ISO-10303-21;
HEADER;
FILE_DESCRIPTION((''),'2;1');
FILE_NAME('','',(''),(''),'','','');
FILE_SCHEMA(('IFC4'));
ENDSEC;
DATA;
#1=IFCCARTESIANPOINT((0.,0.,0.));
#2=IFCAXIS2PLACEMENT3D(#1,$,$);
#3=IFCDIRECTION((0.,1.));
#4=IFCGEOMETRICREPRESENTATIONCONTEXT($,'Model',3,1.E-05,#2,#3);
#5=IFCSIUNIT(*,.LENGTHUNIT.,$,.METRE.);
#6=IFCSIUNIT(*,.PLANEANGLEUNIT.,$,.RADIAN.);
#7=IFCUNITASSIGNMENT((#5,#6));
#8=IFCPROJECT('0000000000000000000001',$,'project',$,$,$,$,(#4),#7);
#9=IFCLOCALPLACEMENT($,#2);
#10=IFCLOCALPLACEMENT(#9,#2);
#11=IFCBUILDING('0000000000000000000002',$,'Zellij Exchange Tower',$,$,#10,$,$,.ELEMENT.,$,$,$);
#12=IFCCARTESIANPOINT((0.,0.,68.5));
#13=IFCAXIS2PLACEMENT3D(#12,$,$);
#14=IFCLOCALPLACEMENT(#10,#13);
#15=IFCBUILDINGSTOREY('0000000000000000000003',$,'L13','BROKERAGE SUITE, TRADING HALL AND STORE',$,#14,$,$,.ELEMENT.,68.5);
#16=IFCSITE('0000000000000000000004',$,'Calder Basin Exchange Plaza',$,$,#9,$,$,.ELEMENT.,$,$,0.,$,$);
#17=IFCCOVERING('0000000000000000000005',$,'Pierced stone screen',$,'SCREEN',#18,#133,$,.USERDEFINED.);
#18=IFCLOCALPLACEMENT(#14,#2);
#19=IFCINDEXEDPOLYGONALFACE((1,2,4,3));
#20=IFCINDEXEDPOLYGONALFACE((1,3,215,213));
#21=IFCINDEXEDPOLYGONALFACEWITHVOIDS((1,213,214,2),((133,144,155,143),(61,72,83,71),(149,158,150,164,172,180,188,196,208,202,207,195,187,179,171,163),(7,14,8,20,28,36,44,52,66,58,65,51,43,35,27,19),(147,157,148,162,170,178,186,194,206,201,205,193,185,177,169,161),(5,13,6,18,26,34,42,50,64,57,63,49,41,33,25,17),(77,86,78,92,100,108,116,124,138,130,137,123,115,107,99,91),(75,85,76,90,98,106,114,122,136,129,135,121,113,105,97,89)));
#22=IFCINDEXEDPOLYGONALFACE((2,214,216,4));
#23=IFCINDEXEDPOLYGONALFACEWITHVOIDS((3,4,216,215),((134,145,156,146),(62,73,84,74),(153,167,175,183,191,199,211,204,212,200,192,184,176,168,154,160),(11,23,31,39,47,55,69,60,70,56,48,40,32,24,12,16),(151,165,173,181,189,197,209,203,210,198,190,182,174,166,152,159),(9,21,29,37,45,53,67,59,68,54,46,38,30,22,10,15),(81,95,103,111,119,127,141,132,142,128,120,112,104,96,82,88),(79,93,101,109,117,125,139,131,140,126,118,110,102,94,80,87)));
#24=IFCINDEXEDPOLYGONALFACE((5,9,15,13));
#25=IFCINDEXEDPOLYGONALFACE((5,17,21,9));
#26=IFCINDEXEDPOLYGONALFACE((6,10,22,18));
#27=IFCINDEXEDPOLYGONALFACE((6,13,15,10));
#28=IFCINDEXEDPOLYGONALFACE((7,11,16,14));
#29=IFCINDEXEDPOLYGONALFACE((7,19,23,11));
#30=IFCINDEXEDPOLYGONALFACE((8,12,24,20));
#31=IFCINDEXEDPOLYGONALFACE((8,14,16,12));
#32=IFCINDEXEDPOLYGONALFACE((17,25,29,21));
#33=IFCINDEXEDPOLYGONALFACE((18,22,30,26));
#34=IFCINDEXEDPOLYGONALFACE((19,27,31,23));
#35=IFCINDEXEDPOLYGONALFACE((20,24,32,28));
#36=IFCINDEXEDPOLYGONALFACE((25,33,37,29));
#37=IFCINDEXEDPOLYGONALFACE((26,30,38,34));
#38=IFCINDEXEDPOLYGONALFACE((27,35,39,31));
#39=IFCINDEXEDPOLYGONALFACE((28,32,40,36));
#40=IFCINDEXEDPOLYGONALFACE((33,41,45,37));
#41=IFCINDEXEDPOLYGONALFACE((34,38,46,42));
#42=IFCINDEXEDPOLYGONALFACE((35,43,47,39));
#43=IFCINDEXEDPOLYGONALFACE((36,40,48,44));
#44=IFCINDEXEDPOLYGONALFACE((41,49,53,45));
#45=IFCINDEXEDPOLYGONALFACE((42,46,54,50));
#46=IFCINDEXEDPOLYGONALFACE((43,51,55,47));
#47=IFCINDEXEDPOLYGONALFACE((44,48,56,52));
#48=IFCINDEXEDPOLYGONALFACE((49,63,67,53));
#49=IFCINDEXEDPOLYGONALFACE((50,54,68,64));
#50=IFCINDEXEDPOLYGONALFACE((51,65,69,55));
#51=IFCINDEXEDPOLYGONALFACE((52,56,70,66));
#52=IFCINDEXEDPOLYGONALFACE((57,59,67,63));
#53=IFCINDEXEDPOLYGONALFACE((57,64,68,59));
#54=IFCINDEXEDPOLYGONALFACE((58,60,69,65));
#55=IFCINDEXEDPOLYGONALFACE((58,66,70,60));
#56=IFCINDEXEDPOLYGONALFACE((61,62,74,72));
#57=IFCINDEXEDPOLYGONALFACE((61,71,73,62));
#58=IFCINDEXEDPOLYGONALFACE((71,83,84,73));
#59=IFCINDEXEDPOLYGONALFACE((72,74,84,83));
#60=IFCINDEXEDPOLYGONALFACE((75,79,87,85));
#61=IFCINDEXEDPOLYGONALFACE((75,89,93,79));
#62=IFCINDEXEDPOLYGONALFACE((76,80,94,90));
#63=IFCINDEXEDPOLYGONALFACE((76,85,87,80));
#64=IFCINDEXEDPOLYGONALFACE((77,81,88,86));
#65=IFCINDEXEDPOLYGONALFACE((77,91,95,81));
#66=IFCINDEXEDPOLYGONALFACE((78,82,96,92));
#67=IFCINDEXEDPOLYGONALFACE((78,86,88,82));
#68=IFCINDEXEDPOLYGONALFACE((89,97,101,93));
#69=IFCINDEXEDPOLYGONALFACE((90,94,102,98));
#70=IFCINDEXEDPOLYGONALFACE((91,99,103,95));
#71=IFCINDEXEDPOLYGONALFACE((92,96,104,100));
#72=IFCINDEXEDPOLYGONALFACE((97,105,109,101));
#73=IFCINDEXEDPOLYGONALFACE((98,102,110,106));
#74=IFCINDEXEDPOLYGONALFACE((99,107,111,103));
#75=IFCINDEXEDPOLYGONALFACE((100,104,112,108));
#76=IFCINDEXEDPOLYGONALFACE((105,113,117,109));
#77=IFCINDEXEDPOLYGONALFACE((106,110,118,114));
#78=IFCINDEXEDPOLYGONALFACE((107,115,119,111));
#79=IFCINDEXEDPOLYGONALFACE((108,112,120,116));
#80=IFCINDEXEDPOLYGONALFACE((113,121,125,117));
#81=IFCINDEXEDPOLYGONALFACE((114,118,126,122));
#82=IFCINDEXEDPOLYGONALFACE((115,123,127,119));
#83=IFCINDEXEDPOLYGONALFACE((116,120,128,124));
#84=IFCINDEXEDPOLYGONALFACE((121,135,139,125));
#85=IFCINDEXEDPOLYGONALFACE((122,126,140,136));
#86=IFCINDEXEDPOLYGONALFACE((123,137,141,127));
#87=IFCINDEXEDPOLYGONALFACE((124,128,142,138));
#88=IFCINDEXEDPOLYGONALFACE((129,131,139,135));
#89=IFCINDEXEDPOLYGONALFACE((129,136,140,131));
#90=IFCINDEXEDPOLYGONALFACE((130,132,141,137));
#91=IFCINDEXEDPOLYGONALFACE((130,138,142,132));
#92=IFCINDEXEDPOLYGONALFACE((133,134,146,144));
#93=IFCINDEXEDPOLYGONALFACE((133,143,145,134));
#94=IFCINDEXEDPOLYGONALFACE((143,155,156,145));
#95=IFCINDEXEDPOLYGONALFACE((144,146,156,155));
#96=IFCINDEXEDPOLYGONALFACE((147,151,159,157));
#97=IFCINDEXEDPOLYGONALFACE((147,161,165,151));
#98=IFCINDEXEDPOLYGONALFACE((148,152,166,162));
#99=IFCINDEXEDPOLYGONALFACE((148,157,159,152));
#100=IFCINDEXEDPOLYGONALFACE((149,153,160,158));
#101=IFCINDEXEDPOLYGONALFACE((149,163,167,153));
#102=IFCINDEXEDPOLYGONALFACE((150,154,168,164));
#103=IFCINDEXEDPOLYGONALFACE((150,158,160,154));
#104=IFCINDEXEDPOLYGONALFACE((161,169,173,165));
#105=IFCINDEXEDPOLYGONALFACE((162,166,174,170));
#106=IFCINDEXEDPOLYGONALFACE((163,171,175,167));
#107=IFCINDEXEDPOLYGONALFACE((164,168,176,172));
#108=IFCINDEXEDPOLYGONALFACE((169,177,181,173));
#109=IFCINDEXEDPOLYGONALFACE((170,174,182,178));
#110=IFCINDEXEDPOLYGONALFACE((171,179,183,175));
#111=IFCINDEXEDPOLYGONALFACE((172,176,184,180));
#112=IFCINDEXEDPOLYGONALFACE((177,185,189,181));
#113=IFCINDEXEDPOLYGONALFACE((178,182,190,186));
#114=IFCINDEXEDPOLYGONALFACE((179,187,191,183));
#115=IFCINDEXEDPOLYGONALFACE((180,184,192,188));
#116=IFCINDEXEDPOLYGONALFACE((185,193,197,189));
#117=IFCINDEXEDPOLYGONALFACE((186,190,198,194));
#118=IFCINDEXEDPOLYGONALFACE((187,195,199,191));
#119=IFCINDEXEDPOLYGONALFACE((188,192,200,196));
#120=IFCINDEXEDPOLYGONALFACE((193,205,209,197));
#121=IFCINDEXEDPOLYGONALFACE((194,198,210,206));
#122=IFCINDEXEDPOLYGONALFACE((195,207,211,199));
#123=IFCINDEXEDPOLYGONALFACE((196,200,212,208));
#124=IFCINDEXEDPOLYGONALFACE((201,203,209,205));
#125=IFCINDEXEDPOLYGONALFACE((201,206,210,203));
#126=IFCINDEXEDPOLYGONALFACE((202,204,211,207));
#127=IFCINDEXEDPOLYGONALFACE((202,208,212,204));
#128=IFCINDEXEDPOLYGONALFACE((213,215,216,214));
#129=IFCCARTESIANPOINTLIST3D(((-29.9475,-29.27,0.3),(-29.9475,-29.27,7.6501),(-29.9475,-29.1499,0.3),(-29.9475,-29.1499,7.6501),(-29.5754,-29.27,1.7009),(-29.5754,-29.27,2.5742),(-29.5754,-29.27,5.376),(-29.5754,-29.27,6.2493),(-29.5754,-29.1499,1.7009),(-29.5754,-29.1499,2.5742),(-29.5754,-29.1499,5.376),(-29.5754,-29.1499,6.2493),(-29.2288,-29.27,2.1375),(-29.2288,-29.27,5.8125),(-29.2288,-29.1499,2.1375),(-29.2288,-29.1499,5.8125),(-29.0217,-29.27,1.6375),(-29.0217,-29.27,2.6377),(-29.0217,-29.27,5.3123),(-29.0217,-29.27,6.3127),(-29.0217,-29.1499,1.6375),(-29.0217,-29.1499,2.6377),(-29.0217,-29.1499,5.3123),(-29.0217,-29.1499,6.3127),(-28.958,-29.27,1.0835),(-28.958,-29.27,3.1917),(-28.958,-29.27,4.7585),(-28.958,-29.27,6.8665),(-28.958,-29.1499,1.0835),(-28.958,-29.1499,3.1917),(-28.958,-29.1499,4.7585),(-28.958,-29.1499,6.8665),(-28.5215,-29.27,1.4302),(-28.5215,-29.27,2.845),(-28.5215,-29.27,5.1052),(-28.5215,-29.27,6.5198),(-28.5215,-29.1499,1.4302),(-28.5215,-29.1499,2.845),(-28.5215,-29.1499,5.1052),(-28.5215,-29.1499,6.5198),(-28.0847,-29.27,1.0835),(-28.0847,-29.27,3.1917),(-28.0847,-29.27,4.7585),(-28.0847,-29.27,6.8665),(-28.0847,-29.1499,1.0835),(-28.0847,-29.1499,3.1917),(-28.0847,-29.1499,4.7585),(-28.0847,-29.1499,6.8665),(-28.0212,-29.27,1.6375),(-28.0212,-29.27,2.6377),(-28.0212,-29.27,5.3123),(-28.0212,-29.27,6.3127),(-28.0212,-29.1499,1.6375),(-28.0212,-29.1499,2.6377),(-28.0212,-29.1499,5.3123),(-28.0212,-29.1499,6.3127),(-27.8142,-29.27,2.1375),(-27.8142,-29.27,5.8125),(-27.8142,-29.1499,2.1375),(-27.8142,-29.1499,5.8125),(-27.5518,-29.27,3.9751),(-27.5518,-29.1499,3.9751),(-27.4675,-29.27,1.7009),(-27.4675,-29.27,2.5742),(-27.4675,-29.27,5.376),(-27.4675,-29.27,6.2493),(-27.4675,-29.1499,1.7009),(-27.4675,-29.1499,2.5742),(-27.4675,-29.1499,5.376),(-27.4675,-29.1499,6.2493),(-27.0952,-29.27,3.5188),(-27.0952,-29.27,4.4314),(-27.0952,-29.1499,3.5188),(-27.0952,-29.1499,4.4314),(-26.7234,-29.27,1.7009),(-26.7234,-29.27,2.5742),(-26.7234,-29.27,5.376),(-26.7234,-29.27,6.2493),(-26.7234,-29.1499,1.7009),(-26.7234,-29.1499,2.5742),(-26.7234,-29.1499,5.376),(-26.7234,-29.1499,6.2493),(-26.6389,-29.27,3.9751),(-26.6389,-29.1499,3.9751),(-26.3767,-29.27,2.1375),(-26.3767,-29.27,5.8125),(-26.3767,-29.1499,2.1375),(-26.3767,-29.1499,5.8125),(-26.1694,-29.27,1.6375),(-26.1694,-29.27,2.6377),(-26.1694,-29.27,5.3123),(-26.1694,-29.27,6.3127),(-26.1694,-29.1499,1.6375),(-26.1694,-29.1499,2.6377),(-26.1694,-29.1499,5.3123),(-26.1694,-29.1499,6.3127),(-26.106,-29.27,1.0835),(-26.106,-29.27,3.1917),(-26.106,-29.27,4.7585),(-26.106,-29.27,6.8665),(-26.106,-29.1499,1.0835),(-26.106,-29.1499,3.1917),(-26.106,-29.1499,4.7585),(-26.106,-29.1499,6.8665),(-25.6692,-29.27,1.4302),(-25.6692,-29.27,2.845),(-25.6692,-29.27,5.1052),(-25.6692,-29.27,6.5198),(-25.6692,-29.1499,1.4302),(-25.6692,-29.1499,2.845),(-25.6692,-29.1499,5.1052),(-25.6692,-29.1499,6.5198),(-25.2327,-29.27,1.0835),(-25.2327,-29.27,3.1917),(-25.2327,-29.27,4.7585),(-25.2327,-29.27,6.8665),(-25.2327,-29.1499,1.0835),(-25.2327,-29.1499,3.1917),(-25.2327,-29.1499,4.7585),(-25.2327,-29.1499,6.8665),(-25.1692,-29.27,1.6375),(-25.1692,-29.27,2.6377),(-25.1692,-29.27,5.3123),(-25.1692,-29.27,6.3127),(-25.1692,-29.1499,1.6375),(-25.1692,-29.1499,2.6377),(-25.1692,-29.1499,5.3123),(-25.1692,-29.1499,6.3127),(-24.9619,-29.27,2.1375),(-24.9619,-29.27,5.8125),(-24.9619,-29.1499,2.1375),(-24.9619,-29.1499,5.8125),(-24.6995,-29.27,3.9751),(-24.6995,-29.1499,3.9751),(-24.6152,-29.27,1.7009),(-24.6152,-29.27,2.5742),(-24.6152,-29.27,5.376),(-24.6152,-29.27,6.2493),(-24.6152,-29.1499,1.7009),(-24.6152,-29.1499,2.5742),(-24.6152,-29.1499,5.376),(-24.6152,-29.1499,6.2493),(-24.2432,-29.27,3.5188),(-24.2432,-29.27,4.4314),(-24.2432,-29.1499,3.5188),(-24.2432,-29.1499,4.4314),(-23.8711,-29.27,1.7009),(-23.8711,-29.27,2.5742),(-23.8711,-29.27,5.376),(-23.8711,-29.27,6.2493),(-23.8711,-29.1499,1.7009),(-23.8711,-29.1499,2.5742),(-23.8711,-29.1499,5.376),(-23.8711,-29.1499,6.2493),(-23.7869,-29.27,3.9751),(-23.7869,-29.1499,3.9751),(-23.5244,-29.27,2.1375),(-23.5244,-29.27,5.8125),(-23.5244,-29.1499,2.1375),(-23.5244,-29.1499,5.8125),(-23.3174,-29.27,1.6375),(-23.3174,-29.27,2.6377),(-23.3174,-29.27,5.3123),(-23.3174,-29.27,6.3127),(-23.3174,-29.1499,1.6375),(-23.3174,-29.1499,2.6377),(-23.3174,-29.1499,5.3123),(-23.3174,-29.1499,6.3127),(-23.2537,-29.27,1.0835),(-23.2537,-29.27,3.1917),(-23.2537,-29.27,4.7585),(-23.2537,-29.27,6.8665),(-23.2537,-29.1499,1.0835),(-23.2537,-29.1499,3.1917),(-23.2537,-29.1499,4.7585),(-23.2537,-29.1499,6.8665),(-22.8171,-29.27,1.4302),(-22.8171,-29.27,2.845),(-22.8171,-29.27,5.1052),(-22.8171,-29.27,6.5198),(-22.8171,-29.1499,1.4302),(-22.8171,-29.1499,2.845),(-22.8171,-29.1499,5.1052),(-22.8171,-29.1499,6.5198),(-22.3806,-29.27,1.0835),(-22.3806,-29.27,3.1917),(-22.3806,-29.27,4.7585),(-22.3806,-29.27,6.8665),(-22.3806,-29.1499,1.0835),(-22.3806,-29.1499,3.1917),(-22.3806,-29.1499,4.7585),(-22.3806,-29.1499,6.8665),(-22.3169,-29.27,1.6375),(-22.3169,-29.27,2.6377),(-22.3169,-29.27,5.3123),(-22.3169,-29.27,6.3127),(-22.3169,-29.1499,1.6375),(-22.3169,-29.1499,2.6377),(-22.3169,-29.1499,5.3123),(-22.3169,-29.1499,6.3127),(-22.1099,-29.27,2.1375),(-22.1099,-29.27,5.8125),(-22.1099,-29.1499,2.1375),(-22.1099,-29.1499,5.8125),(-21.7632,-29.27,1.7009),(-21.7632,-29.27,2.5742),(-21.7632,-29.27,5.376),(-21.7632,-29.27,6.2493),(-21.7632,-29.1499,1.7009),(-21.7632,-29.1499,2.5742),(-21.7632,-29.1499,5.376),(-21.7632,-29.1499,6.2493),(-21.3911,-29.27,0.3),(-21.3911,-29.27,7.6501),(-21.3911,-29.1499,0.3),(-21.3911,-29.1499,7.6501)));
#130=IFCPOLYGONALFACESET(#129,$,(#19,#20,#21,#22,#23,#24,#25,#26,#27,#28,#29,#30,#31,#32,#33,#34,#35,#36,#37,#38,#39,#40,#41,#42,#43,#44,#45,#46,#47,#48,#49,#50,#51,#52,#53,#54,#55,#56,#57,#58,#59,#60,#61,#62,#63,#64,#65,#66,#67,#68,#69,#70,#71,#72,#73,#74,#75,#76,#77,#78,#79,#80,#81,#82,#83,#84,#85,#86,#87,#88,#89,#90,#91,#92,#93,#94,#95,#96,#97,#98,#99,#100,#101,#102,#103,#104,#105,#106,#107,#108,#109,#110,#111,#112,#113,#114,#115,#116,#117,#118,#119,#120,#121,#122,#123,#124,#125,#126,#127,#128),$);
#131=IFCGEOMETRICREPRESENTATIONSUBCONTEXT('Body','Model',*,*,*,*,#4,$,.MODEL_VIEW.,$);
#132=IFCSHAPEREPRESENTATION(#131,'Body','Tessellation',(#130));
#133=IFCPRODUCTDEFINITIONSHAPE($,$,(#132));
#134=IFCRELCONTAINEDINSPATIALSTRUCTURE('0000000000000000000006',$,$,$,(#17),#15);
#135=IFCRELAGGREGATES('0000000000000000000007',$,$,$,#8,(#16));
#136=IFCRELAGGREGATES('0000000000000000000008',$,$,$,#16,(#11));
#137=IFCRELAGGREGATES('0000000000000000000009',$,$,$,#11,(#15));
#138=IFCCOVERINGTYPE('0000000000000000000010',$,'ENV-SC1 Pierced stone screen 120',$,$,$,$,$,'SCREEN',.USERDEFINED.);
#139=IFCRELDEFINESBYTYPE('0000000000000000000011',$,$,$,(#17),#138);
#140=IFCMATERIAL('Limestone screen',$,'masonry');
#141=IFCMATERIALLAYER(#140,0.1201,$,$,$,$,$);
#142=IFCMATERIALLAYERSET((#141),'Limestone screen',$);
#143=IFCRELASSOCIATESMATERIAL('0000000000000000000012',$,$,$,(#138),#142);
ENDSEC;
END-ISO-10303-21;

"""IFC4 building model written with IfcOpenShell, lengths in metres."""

from ifc_helpers import new_model, si_unit, direction, frame, origin, place, context, subcontext, project, spatial, polyline, outline, extrude, material, layer, layer_set, type_object, element, save


model = new_model("IFC4")

# Units and contexts
model_context = context("Model", 3, precision=1e-05, world=origin(), true_north=direction((0.0, 1.0)))
body_context = subcontext(model_context, "Body", "Model", "MODEL_VIEW")
ifc_project = project(units=[si_unit("LENGTHUNIT", "METRE"), si_unit("PLANEANGLEUNIT", "RADIAN")], contexts=[model_context])

# Site, building, storey
site_placement = place(None, origin())
site = spatial("IfcSite", under=ifc_project, at=site_placement, Name="Calder Basin Exchange Plaza", CompositionType="ELEMENT", RefElevation=0.0)
building_placement = place(site_placement, origin())
building = spatial("IfcBuilding", under=site, at=building_placement, Name="Zellij Exchange Tower", CompositionType="ELEMENT")
storey_placement = place(building_placement, frame((0.0, 0.0, 68.5)))
storey = spatial("IfcBuildingStorey", under=building, at=storey_placement, Name="L13", Description="BROKERAGE SUITE, TRADING HALL AND STORE", CompositionType="ELEMENT", Elevation=68.5)

# Covering
ifc_material_1 = material(Name="Limestone screen", Category="masonry")
ifc_layer_1 = layer(ifc_material_1, 0.1201)
ifc_layer_set_1 = layer_set([ifc_layer_1], Name="Limestone screen")
covering_type = type_object("IfcCoveringType", Name="ENV-SC1 Pierced stone screen 120", ElementType="SCREEN", PredefinedType="USERDEFINED", material=ifc_layer_set_1)
covering_1_placement = place(storey_placement, frame((-29.9475, -29.21, 0.3), z_axis=(0.0, 0.0, 1.0), x_axis=(1.0, 0.0, 0.0)))
element("IfcCovering", 1, at=covering_1_placement, inside=storey, type_object=covering_type, Name="Pierced stone screen", ObjectType="SCREEN", PredefinedType="USERDEFINED", context=body_context, shape_type="SweptSolid", body=[
    extrude(outline(polyline([(0.0, 0.0), (8.5564, 0.0), (8.5564, 7.3501), (0.0, 7.3501), (0.0, 0.0)]), holes=[polyline([(2.48, 2.2742), (1.9263, 2.3376), (1.8628, 2.8916), (1.426, 2.5449), (0.9895, 2.8916), (0.9258, 2.3376), (0.3721, 2.2742), (0.7188, 1.8374), (0.3721, 1.4009), (0.9258, 1.3374), (0.9895, 0.7834), (1.426, 1.1301), (1.8628, 0.7834), (1.9263, 1.3374), (2.48, 1.4009), (2.1333, 1.8374), (2.48, 2.2742)]), polyline([(2.48, 5.9492), (1.9263, 6.0127), (1.8628, 6.5664), (1.426, 6.2197), (0.9895, 6.5664), (0.9258, 6.0127), (0.3721, 5.9492), (0.7188, 5.5125), (0.3721, 5.0759), (0.9258, 5.0122), (0.9895, 4.4585), (1.426, 4.8052), (1.8628, 4.4585), (1.9263, 5.0122), (2.48, 5.0759), (2.1333, 5.5125), (2.48, 5.9492)]), polyline([(5.3323, 2.2742), (4.7783, 2.3376), (4.7148, 2.8916), (4.2783, 2.5449), (3.8416, 2.8916), (3.7781, 2.3376), (3.2241, 2.2742), (3.5708, 1.8374), (3.2241, 1.4009), (3.7781, 1.3374), (3.8416, 0.7834), (4.2783, 1.1301), (4.7148, 0.7834), (4.7783, 1.3374), (5.3323, 1.4009), (4.9856, 1.8374), (5.3323, 2.2742)]), polyline([(5.3323, 5.9492), (4.7783, 6.0127), (4.7148, 6.5664), (4.2783, 6.2197), (3.8416, 6.5664), (3.7781, 6.0127), (3.2241, 5.9492), (3.5708, 5.5125), (3.2241, 5.0759), (3.7781, 5.0122), (3.8416, 4.4585), (4.2783, 4.8052), (4.7148, 4.4585), (4.7783, 5.0122), (5.3323, 5.0759), (4.9856, 5.5125), (5.3323, 5.9492)]), polyline([(8.1843, 2.2742), (7.6306, 2.3376), (7.5669, 2.8916), (7.1304, 2.5449), (6.6938, 2.8916), (6.6301, 2.3376), (6.0764, 2.2742), (6.4231, 1.8374), (6.0764, 1.4009), (6.6301, 1.3374), (6.6938, 0.7834), (7.1304, 1.1301), (7.5669, 0.7834), (7.6306, 1.3374), (8.1843, 1.4009), (7.8376, 1.8374), (8.1843, 2.2742)]), polyline([(8.1843, 5.9492), (7.6306, 6.0127), (7.5669, 6.5664), (7.1304, 6.2197), (6.6938, 6.5664), (6.6301, 6.0127), (6.0764, 5.9492), (6.4231, 5.5125), (6.0764, 5.0759), (6.6301, 5.0122), (6.6938, 4.4585), (7.1304, 4.8052), (7.5669, 4.4585), (7.6306, 5.0122), (8.1843, 5.0759), (7.8376, 5.5125), (8.1843, 5.9492)]), polyline([(3.3086, 3.675), (2.8523, 4.1313), (2.3958, 3.675), (2.8523, 3.2188), (3.3086, 3.675)]), polyline([(6.1606, 3.675), (5.7043, 4.1313), (5.248, 3.675), (5.7043, 3.2188), (6.1606, 3.675)])]), frame((0.0, 0.0601, 0.0), z_axis=(0.0, -1.0, 0.0), x_axis=(1.0, 0.0, 0.0)), (0.0, 0.0, 1.0), 0.1201),
])

save(model, "model.ifc")
